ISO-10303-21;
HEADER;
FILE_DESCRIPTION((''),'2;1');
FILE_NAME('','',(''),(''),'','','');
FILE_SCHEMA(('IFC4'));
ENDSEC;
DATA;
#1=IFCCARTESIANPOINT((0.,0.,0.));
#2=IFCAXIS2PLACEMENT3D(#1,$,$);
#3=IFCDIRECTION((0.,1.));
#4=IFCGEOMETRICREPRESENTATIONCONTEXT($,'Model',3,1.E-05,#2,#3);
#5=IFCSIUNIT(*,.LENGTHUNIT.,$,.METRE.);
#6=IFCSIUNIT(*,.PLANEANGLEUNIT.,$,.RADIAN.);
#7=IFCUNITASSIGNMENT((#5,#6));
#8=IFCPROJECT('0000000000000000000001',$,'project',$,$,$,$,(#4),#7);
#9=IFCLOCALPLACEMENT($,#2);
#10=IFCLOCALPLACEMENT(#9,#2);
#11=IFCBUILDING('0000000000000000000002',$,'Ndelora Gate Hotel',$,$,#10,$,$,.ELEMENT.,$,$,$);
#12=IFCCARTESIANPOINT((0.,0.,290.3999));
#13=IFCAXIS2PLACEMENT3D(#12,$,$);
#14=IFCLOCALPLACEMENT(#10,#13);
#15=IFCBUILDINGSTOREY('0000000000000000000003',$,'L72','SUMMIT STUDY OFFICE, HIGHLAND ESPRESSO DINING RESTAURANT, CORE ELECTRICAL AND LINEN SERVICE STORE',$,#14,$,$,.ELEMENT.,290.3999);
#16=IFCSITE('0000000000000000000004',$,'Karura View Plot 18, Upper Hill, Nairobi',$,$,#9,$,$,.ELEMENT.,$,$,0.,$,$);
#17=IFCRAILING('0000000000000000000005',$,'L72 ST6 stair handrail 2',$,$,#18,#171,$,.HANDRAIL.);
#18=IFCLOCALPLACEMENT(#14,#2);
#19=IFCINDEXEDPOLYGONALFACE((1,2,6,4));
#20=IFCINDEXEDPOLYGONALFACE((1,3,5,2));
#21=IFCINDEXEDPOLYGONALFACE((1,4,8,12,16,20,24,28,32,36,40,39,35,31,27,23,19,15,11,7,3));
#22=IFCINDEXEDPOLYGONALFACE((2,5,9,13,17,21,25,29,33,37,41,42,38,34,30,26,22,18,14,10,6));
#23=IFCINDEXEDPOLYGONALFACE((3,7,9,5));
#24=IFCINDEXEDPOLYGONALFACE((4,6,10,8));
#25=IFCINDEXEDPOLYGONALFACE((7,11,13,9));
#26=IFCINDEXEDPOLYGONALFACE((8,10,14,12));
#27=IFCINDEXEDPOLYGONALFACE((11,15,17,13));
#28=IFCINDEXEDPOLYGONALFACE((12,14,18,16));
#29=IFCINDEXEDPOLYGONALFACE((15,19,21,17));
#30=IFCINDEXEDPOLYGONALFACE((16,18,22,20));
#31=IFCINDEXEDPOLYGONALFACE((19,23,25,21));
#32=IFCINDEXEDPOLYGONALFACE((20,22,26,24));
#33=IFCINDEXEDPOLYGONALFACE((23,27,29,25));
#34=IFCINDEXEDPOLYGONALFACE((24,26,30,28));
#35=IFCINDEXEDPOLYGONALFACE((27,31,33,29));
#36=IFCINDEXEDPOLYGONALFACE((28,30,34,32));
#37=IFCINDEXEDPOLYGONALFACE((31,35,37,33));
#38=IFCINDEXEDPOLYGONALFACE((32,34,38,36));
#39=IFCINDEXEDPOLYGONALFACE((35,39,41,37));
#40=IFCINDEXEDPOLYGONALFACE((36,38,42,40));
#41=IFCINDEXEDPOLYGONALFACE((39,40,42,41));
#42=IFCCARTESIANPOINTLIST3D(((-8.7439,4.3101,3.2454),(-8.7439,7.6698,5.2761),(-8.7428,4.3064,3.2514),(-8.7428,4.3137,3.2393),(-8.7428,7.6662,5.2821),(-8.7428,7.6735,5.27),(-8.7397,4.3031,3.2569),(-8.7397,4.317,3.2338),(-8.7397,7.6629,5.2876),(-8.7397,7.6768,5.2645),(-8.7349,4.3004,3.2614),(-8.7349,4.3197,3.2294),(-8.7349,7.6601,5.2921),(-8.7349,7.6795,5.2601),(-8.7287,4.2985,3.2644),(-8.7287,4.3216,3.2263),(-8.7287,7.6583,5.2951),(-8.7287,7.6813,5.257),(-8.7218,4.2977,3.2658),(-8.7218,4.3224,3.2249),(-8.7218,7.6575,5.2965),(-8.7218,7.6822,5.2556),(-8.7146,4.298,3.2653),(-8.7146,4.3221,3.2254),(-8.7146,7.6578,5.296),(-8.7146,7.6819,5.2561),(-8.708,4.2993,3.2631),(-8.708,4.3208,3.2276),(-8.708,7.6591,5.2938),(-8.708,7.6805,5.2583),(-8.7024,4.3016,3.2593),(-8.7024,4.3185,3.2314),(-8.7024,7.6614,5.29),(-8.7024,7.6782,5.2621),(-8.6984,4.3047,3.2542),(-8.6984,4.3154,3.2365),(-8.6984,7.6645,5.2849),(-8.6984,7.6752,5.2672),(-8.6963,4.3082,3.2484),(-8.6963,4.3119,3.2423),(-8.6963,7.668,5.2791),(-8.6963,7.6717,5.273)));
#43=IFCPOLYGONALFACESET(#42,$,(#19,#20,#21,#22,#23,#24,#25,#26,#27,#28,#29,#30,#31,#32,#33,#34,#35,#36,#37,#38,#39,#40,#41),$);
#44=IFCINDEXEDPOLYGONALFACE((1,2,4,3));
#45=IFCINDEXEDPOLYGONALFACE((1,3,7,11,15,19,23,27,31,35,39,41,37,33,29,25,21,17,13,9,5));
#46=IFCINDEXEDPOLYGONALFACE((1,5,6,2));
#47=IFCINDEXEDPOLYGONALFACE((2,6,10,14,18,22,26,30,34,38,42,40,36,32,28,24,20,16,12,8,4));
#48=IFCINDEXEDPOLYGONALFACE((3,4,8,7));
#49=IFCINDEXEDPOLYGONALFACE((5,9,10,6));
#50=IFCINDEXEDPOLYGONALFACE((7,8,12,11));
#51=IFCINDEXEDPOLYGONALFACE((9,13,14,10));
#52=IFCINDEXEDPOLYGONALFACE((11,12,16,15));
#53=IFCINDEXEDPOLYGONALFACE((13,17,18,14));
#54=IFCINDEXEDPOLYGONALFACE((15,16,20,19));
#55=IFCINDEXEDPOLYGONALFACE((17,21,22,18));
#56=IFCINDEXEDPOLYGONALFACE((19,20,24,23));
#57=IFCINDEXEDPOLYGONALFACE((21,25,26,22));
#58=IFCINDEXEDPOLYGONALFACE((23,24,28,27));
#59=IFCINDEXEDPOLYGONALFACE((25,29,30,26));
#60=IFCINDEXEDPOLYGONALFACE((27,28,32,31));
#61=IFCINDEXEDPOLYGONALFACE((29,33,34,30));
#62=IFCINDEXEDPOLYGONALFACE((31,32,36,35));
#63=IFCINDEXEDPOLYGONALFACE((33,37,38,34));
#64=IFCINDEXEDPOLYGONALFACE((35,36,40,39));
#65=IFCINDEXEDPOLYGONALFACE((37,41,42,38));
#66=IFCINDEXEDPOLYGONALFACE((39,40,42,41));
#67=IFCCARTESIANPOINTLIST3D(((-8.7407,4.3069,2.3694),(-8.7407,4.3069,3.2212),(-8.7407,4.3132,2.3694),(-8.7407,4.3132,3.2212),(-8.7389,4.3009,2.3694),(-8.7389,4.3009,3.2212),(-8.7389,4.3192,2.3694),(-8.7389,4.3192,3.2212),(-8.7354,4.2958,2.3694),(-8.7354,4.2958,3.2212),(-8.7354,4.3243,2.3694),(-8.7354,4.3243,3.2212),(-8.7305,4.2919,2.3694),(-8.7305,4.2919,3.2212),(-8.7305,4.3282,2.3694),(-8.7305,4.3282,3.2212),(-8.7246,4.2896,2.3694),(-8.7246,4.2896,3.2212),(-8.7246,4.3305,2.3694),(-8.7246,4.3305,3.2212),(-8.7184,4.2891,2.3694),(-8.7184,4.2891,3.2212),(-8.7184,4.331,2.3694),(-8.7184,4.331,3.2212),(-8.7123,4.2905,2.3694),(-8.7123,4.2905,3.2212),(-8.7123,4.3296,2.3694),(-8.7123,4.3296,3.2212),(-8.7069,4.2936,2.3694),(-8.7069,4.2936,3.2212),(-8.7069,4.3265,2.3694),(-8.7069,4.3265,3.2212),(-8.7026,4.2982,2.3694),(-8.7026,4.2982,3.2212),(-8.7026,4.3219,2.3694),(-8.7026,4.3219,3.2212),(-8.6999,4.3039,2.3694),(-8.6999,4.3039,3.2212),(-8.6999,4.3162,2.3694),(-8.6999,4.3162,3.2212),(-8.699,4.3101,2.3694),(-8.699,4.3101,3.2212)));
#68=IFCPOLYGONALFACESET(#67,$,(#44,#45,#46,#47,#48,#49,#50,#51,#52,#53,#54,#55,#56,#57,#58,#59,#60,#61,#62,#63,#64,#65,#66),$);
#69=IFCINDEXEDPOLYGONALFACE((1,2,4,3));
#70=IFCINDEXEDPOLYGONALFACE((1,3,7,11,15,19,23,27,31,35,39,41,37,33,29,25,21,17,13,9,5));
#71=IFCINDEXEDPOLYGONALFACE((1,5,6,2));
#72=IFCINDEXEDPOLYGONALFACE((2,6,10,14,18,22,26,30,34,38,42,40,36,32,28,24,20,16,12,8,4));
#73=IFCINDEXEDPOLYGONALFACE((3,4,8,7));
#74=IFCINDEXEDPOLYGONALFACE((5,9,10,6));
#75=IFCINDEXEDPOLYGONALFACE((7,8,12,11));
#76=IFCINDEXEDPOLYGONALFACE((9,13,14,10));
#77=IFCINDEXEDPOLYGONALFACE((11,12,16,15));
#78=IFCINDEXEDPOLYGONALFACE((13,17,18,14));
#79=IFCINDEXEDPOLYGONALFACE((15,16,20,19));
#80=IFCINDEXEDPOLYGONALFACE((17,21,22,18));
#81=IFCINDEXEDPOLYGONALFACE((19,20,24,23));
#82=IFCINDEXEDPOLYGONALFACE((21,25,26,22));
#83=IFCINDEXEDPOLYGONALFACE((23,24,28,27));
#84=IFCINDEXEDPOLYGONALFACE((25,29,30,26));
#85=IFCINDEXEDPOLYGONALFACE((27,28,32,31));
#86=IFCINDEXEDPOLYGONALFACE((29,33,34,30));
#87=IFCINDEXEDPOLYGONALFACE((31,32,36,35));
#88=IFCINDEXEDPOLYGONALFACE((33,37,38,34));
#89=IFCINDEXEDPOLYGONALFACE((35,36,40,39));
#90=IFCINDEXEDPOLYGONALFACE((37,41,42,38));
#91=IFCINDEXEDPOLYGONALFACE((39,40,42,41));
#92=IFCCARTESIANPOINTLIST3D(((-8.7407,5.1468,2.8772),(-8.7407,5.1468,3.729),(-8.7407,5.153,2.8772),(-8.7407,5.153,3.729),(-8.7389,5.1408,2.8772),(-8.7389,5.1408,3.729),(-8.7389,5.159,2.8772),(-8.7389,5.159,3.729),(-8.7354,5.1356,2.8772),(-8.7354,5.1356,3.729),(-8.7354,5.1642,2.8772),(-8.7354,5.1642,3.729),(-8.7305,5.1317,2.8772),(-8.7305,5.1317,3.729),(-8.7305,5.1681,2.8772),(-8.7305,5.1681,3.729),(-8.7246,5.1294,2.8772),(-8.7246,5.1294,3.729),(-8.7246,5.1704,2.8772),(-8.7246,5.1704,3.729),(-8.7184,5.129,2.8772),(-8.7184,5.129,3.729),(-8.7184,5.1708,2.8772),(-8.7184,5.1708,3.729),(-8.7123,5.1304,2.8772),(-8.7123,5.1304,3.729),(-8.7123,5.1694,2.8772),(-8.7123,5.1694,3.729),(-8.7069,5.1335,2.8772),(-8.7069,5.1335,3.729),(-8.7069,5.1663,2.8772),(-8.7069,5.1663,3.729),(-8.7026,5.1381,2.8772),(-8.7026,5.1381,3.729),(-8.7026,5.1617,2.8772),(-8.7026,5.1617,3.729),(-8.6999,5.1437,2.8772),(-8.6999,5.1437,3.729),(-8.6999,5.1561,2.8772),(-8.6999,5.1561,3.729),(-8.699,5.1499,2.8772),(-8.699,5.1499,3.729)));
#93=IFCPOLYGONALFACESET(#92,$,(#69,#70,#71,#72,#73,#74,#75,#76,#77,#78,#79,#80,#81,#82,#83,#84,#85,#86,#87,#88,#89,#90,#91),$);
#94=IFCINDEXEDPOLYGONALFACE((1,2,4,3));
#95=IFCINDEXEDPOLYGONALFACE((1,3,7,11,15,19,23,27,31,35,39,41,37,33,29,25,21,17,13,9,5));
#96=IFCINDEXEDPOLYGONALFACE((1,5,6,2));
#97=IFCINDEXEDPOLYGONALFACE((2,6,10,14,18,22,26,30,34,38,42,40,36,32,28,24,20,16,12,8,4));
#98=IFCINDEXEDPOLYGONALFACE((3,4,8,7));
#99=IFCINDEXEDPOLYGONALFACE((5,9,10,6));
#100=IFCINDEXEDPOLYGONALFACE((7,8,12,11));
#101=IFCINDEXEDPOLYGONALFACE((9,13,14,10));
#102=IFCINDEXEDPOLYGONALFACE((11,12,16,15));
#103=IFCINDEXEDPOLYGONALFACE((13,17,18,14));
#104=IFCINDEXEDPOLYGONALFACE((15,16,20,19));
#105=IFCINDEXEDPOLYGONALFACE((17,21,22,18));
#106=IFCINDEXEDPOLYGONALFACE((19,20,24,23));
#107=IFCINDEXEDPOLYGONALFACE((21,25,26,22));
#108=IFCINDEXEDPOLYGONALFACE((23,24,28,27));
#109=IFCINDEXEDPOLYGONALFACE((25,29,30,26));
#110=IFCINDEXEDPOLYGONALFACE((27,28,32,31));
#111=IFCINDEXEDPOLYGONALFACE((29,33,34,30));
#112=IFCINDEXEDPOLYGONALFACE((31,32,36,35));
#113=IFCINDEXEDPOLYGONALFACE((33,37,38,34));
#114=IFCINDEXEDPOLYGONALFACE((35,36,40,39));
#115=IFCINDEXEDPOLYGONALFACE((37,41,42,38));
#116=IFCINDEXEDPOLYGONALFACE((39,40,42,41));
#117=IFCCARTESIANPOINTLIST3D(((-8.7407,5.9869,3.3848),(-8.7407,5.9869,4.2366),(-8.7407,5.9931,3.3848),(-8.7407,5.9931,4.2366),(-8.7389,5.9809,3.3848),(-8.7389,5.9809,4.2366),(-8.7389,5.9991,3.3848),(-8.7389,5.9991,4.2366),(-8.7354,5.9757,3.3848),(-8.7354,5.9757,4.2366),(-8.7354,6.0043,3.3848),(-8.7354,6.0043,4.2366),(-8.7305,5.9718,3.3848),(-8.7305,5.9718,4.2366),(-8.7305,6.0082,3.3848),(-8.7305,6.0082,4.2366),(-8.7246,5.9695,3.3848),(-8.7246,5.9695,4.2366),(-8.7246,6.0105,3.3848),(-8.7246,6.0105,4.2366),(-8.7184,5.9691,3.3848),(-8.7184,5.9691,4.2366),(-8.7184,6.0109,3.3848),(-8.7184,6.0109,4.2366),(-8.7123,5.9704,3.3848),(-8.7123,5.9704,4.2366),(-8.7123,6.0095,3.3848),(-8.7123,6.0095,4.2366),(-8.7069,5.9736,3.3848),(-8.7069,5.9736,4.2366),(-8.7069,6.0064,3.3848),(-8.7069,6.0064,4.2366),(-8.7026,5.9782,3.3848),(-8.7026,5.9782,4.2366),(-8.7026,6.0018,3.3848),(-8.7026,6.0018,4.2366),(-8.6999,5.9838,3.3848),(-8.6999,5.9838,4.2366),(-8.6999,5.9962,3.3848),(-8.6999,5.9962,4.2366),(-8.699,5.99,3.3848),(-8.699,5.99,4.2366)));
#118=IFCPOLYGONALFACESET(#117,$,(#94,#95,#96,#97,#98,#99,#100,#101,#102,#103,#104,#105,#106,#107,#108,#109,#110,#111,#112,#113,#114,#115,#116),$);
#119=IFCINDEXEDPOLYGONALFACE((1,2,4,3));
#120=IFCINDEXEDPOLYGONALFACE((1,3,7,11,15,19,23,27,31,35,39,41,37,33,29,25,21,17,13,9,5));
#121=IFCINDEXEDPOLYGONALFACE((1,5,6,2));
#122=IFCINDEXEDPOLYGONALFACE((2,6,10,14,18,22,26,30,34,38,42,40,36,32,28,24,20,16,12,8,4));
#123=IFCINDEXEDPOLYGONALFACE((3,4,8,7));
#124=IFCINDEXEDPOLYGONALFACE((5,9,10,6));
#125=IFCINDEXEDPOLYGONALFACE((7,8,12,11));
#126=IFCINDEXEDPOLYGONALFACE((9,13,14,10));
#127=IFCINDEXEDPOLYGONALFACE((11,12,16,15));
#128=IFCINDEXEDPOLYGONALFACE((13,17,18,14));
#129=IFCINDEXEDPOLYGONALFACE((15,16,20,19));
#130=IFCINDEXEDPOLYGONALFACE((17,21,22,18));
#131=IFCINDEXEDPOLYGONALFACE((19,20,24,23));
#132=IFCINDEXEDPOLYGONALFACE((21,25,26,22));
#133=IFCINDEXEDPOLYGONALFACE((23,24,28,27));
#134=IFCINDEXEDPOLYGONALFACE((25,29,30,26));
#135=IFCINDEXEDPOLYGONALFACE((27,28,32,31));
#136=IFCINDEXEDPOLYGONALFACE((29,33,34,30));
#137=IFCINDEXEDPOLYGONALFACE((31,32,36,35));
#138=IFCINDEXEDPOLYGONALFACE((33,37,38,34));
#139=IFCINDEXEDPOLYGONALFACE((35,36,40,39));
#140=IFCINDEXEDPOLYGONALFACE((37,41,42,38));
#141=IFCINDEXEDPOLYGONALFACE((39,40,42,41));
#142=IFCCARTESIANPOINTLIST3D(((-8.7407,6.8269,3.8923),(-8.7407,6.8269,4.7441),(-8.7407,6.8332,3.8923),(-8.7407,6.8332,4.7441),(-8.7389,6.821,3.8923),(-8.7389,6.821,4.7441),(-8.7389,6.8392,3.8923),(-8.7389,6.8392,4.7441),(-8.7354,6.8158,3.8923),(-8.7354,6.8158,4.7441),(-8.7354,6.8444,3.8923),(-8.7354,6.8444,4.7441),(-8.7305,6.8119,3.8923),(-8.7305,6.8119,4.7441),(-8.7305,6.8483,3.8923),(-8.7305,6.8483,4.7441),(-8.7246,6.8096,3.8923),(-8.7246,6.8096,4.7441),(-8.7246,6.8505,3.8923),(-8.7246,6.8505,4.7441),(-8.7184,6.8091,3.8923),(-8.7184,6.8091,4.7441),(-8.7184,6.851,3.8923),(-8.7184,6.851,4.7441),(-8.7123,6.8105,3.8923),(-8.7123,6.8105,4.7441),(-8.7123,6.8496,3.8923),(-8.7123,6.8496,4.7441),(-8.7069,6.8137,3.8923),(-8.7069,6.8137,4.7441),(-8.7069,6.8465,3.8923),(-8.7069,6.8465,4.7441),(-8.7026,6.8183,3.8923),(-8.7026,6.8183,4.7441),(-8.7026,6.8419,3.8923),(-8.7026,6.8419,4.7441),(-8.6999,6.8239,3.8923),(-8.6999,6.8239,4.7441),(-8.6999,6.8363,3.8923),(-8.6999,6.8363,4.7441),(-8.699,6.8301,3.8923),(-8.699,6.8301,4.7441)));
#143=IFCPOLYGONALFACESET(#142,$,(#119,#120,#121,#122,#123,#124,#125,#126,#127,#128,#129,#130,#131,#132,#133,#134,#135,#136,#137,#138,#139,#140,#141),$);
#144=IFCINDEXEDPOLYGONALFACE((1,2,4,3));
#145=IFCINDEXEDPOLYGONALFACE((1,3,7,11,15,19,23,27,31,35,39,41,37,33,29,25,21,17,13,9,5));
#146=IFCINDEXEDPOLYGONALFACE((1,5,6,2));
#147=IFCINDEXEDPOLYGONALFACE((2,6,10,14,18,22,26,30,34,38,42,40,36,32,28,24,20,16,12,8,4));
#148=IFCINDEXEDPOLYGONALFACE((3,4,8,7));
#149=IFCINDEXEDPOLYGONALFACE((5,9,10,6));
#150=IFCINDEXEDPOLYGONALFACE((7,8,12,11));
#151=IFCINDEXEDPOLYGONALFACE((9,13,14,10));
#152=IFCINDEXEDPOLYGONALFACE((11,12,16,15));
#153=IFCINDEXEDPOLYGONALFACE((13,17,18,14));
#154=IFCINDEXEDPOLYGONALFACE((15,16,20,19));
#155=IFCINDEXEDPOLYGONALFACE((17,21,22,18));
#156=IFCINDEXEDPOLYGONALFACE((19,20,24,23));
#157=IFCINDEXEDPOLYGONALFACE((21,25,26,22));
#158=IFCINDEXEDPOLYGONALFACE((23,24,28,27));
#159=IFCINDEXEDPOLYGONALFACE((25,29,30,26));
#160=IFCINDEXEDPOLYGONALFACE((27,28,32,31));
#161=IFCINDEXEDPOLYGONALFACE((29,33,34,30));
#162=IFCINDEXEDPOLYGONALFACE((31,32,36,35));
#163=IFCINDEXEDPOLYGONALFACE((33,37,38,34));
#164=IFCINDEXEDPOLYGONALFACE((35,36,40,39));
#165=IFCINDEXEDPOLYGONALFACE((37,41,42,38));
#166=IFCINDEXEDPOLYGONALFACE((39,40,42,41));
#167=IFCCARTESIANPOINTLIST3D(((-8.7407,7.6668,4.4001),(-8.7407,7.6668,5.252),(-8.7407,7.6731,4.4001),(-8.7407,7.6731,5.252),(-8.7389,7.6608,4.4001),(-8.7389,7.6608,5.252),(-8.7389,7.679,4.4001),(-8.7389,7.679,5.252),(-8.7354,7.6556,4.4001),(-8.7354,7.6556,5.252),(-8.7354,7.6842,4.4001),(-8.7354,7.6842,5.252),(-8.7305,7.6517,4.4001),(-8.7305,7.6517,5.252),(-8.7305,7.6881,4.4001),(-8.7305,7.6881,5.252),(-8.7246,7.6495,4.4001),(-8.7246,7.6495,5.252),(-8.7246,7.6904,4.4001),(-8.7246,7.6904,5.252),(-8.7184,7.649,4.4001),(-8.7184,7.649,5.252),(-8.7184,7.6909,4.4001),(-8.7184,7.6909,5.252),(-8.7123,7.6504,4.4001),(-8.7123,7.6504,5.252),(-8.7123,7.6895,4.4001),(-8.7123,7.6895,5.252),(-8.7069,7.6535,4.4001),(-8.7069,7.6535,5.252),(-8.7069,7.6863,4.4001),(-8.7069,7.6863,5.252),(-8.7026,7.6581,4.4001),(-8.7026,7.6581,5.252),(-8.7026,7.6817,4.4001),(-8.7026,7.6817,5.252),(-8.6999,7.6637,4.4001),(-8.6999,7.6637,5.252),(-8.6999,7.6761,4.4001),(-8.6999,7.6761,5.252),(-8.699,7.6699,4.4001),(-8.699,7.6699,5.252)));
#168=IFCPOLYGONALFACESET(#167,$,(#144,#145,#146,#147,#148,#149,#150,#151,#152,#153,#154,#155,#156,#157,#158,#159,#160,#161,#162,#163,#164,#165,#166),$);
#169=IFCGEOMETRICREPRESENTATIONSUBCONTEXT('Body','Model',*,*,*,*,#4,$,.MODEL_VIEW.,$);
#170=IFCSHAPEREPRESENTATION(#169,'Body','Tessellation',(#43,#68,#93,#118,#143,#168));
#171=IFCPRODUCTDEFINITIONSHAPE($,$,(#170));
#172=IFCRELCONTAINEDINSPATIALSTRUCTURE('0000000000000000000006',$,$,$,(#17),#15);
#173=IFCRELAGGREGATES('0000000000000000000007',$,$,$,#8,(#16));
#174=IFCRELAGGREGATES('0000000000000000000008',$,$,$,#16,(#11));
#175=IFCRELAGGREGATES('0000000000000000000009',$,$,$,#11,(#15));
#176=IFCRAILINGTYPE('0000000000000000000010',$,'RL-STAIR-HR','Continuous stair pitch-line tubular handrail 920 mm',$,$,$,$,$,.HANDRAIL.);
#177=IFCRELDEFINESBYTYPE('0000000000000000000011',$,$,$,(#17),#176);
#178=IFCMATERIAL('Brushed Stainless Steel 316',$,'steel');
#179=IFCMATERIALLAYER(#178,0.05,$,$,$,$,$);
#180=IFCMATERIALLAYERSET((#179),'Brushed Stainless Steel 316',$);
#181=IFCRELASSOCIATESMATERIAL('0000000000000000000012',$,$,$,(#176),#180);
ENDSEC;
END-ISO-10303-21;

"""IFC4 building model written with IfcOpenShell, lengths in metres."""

from ifc_helpers import new_model, si_unit, direction, frame, origin, origin_2d, place, context, subcontext, project, spatial, circle, extrude, material, layer, layer_set, type_object, element, save


model = new_model("IFC4")

# Units and contexts
model_context = context("Model", 3, precision=1e-05, world=origin(), true_north=direction((0.0, 1.0)))
body_context = subcontext(model_context, "Body", "Model", "MODEL_VIEW")
ifc_project = project(units=[si_unit("LENGTHUNIT", "METRE"), si_unit("PLANEANGLEUNIT", "RADIAN")], contexts=[model_context])

# Site, building, storey
site_placement = place(None, origin())
site = spatial("IfcSite", under=ifc_project, at=site_placement, Name="Karura View Plot 18, Upper Hill, Nairobi", CompositionType="ELEMENT", RefElevation=0.0)
building_placement = place(site_placement, origin())
building = spatial("IfcBuilding", under=site, at=building_placement, Name="Ndelora Gate Hotel", CompositionType="ELEMENT")
storey_placement = place(building_placement, frame((0.0, 0.0, 290.3999)))
storey = spatial("IfcBuildingStorey", under=building, at=storey_placement, Name="L72", Description="SUMMIT STUDY OFFICE, HIGHLAND ESPRESSO DINING RESTAURANT, CORE ELECTRICAL AND LINEN SERVICE STORE", CompositionType="ELEMENT", Elevation=290.3999)

# Railing
ifc_material_1 = material(Name="Brushed Stainless Steel 316", Category="steel")
ifc_layer_1 = layer(ifc_material_1, 0.05)
ifc_layer_set_1 = layer_set([ifc_layer_1], Name="Brushed Stainless Steel 316")
railing_type_1 = type_object("IfcRailingType", Name="RL-STAIR-HR", Description="Continuous stair pitch-line tubular handrail 920 mm", PredefinedType="HANDRAIL", material=ifc_layer_set_1)
railing_1_placement = place(storey_placement, frame((-8.72, 4.3101, 2.3694)))
element("IfcRailing", 1, at=railing_1_placement, inside=storey, type_object=railing_type_1, Name="L72 ST6 stair handrail 2", PredefinedType="HANDRAIL", context=body_context, shape_type="SweptSolid", body=[
    extrude(circle(Radius=0.0239, at=origin_2d()), frame((0.0, 0.0, 0.876), z_axis=(0.0, 0.85582, 0.517273), x_axis=(-1.0, 0.0, 0.0)), (0.0, 0.0, 1.0), 3.9258),
    extrude(circle(Radius=0.021, at=origin_2d()), origin(), (0.0, 0.0, 1.0), 0.8518),
    extrude(circle(Radius=0.021, at=origin_2d()), frame((0.0, 0.8398, 0.5078)), (0.0, 0.0, 1.0), 0.8518),
    extrude(circle(Radius=0.021, at=origin_2d()), frame((0.0, 1.6799, 1.0154)), (0.0, 0.0, 1.0), 0.8518),
    extrude(circle(Radius=0.021, at=origin_2d()), frame((0.0, 2.52, 1.5229)), (0.0, 0.0, 1.0), 0.8518),
    extrude(circle(Radius=0.021, at=origin_2d()), frame((0.0, 3.3599, 2.0308)), (0.0, 0.0, 1.0), 0.8518),
])

save(model, "model.ifc")
